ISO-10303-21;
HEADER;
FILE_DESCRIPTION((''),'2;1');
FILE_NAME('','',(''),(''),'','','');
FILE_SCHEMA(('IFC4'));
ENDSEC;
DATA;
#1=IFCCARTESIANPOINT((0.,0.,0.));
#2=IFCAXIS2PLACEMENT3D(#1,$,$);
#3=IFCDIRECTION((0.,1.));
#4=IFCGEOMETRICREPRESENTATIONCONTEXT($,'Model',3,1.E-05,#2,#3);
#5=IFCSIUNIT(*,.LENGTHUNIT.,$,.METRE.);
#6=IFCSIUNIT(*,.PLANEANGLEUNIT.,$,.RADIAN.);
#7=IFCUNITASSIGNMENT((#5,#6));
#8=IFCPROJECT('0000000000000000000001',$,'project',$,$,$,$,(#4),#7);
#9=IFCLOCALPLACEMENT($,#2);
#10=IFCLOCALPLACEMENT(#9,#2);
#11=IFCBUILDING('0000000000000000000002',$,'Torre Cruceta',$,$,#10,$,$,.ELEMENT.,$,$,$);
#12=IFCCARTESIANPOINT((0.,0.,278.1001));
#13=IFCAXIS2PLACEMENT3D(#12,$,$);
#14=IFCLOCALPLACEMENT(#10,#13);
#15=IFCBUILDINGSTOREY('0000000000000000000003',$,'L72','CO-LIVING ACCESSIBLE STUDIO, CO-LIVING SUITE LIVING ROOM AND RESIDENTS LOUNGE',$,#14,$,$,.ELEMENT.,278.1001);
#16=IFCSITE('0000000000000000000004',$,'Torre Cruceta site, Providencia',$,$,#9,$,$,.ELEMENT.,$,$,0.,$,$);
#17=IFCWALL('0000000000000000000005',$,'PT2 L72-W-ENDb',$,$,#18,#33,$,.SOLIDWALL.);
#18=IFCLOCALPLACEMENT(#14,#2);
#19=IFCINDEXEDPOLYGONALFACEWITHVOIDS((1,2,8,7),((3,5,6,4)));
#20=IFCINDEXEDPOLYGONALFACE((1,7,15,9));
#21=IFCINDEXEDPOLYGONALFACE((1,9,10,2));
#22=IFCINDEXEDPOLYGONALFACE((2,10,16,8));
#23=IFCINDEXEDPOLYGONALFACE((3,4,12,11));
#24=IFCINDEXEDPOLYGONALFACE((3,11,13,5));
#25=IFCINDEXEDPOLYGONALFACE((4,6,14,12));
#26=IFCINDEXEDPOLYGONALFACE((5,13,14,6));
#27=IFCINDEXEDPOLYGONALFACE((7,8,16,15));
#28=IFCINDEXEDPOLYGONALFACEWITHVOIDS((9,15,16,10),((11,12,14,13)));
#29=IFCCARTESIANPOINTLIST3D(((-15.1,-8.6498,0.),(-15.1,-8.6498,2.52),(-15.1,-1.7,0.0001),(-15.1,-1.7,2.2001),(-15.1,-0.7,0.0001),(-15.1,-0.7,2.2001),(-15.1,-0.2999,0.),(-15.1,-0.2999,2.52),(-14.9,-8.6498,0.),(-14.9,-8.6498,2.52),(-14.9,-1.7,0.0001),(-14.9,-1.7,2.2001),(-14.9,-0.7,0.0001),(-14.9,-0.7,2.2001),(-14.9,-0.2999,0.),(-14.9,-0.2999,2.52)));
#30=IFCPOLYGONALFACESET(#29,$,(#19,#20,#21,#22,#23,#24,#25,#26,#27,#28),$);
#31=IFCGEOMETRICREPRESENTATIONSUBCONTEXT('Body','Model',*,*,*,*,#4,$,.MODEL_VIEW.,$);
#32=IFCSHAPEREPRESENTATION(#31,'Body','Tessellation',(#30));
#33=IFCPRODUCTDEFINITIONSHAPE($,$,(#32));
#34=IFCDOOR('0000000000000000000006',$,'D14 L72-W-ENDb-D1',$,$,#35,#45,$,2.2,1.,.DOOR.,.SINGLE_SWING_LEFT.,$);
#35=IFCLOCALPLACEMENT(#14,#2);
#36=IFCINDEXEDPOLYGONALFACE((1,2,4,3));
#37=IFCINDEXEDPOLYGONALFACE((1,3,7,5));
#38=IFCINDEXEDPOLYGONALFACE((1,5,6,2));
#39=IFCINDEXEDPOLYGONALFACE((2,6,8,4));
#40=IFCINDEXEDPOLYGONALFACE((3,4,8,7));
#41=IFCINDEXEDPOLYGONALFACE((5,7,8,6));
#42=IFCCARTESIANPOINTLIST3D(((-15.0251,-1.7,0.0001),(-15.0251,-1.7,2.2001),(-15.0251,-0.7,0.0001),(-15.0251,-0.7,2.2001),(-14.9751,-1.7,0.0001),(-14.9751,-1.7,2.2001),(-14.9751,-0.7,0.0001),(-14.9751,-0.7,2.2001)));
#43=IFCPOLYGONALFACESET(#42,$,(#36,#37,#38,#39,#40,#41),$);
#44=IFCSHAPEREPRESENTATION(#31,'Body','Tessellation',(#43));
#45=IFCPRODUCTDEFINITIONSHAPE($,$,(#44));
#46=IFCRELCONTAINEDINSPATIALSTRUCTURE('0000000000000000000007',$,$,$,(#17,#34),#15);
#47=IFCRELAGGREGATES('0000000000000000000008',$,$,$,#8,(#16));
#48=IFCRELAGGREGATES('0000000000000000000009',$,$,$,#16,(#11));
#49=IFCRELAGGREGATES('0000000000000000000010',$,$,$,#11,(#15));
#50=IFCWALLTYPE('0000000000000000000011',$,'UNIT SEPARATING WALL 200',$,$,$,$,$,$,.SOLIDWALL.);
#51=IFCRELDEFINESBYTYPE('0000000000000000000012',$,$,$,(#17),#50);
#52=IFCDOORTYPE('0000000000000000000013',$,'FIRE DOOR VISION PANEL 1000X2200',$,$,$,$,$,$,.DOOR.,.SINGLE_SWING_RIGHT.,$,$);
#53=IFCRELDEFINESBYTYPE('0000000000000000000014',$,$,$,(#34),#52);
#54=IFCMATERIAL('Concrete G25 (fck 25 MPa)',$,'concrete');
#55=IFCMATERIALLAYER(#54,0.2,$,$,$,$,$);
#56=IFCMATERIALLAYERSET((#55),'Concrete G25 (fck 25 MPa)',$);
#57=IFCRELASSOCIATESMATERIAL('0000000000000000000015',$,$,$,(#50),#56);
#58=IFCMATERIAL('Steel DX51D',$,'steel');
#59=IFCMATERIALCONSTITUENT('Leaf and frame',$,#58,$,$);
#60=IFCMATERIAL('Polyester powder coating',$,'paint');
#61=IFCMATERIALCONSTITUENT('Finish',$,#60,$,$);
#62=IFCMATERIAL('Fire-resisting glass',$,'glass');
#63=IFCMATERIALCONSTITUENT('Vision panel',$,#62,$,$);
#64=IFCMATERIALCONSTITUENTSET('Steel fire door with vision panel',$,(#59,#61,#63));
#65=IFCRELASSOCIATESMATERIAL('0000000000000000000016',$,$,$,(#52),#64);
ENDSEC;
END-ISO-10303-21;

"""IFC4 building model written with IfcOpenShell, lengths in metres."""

from ifc_helpers import new_model, si_unit, direction, frame, frame_2d, origin, place, context, subcontext, project, spatial, rectangle, extrude, material, layer, layer_set, constituent, constituent_set, type_object, element, fill, save


model = new_model("IFC4")

# Units and contexts
model_context = context("Model", 3, precision=1e-05, world=origin(), true_north=direction((0.0, 1.0)))
body_context = subcontext(model_context, "Body", "Model", "MODEL_VIEW")
ifc_project = project(units=[si_unit("LENGTHUNIT", "METRE"), si_unit("PLANEANGLEUNIT", "RADIAN")], contexts=[model_context])

# Site, building, storey
site_placement = place(None, origin())
site = spatial("IfcSite", under=ifc_project, at=site_placement, Name="Torre Cruceta site, Providencia", CompositionType="ELEMENT", RefElevation=0.0)
building_placement = place(site_placement, origin())
building = spatial("IfcBuilding", under=site, at=building_placement, Name="Torre Cruceta", CompositionType="ELEMENT")
storey_placement = place(building_placement, frame((0.0, 0.0, 278.1001)))
storey = spatial("IfcBuildingStorey", under=building, at=storey_placement, Name="L72", Description="CO-LIVING ACCESSIBLE STUDIO, CO-LIVING SUITE LIVING ROOM AND RESIDENTS LOUNGE", CompositionType="ELEMENT", Elevation=278.1001)

# Wall, opening, door
ifc_material_1 = material(Name="Concrete G25 (fck 25 MPa)", Category="concrete")
ifc_layer_1 = layer(ifc_material_1, 0.2)
ifc_layer_set_1 = layer_set([ifc_layer_1], Name="Concrete G25 (fck 25 MPa)")
wall_type_1 = type_object("IfcWallType", Name="UNIT SEPARATING WALL 200", PredefinedType="SOLIDWALL", material=ifc_layer_set_1)
wall_1_placement = place(storey_placement, frame((-15.0, -0.3, 0.0), z_axis=(0.0, 0.0, 1.0), x_axis=(0.0, -1.0, 0.0)))
wall_1 = element("IfcWall", 1, at=wall_1_placement, inside=storey, type_object=wall_type_1, Name="PT2 L72-W-ENDb", PredefinedType="SOLIDWALL", context=body_context, shape_type="SweptSolid", body=[
    extrude(rectangle(XDim=8.3499, YDim=0.2, at=frame_2d((4.1748, 0.0))), origin(), (0.0, 0.0, 1.0), 2.52),
])
opening_1_placement = place(wall_1_placement, frame((0.3999, 0.0, 0.0)))
opening_1 = element("IfcOpeningElement", 2, at=opening_1_placement, cuts=wall_1, PredefinedType="OPENING", context=body_context, shape_type="SweptSolid", body=[
    extrude(rectangle(XDim=1.0, YDim=2.2, at=frame_2d((0.5, 1.1001))), frame((0.0, 0.1099, 0.0), z_axis=(0.0, -1.0, 0.0), x_axis=(1.0, 0.0, 0.0)), (0.0, 0.0, 1.0), 0.22),
])
ifc_material_2 = material(Name="Steel DX51D", Category="steel")
ifc_constituent_1 = constituent(ifc_material_2, Name="Leaf and frame")
ifc_material_3 = material(Name="Polyester powder coating", Category="paint")
ifc_constituent_2 = constituent(ifc_material_3, Name="Finish")
ifc_material_4 = material(Name="Fire-resisting glass", Category="glass")
ifc_constituent_3 = constituent(ifc_material_4, Name="Vision panel")
ifc_constituent_set_1 = constituent_set(constituents=[ifc_constituent_1, ifc_constituent_2, ifc_constituent_3], Name="Steel fire door with vision panel")
door_type_1 = type_object("IfcDoorType", Name="FIRE DOOR VISION PANEL 1000X2200", OperationType="SINGLE_SWING_RIGHT", PredefinedType="DOOR", material=ifc_constituent_set_1)
door_1_placement = place(opening_1_placement, frame((1.0, 0.0, 0.0), z_axis=(0.0, 0.0, 1.0), x_axis=(-1.0, 0.0, 0.0)))
door_1 = element("IfcDoor", 3, at=door_1_placement, inside=storey, type_object=door_type_1, Name="D14 L72-W-ENDb-D1", OperationType="SINGLE_SWING_LEFT", OverallHeight=2.2, OverallWidth=1.0, PredefinedType="DOOR", context=body_context, shape_type="SweptSolid", body=[
    extrude(rectangle(XDim=1.0, YDim=2.2, at=frame_2d((0.5, 1.1001))), frame((0.0, 0.0251, 0.0), z_axis=(0.0, -1.0, 0.0), x_axis=(1.0, 0.0, 0.0)), (0.0, 0.0, 1.0), 0.05),
])
fill(opening_1, door_1)

save(model, "model.ifc")
